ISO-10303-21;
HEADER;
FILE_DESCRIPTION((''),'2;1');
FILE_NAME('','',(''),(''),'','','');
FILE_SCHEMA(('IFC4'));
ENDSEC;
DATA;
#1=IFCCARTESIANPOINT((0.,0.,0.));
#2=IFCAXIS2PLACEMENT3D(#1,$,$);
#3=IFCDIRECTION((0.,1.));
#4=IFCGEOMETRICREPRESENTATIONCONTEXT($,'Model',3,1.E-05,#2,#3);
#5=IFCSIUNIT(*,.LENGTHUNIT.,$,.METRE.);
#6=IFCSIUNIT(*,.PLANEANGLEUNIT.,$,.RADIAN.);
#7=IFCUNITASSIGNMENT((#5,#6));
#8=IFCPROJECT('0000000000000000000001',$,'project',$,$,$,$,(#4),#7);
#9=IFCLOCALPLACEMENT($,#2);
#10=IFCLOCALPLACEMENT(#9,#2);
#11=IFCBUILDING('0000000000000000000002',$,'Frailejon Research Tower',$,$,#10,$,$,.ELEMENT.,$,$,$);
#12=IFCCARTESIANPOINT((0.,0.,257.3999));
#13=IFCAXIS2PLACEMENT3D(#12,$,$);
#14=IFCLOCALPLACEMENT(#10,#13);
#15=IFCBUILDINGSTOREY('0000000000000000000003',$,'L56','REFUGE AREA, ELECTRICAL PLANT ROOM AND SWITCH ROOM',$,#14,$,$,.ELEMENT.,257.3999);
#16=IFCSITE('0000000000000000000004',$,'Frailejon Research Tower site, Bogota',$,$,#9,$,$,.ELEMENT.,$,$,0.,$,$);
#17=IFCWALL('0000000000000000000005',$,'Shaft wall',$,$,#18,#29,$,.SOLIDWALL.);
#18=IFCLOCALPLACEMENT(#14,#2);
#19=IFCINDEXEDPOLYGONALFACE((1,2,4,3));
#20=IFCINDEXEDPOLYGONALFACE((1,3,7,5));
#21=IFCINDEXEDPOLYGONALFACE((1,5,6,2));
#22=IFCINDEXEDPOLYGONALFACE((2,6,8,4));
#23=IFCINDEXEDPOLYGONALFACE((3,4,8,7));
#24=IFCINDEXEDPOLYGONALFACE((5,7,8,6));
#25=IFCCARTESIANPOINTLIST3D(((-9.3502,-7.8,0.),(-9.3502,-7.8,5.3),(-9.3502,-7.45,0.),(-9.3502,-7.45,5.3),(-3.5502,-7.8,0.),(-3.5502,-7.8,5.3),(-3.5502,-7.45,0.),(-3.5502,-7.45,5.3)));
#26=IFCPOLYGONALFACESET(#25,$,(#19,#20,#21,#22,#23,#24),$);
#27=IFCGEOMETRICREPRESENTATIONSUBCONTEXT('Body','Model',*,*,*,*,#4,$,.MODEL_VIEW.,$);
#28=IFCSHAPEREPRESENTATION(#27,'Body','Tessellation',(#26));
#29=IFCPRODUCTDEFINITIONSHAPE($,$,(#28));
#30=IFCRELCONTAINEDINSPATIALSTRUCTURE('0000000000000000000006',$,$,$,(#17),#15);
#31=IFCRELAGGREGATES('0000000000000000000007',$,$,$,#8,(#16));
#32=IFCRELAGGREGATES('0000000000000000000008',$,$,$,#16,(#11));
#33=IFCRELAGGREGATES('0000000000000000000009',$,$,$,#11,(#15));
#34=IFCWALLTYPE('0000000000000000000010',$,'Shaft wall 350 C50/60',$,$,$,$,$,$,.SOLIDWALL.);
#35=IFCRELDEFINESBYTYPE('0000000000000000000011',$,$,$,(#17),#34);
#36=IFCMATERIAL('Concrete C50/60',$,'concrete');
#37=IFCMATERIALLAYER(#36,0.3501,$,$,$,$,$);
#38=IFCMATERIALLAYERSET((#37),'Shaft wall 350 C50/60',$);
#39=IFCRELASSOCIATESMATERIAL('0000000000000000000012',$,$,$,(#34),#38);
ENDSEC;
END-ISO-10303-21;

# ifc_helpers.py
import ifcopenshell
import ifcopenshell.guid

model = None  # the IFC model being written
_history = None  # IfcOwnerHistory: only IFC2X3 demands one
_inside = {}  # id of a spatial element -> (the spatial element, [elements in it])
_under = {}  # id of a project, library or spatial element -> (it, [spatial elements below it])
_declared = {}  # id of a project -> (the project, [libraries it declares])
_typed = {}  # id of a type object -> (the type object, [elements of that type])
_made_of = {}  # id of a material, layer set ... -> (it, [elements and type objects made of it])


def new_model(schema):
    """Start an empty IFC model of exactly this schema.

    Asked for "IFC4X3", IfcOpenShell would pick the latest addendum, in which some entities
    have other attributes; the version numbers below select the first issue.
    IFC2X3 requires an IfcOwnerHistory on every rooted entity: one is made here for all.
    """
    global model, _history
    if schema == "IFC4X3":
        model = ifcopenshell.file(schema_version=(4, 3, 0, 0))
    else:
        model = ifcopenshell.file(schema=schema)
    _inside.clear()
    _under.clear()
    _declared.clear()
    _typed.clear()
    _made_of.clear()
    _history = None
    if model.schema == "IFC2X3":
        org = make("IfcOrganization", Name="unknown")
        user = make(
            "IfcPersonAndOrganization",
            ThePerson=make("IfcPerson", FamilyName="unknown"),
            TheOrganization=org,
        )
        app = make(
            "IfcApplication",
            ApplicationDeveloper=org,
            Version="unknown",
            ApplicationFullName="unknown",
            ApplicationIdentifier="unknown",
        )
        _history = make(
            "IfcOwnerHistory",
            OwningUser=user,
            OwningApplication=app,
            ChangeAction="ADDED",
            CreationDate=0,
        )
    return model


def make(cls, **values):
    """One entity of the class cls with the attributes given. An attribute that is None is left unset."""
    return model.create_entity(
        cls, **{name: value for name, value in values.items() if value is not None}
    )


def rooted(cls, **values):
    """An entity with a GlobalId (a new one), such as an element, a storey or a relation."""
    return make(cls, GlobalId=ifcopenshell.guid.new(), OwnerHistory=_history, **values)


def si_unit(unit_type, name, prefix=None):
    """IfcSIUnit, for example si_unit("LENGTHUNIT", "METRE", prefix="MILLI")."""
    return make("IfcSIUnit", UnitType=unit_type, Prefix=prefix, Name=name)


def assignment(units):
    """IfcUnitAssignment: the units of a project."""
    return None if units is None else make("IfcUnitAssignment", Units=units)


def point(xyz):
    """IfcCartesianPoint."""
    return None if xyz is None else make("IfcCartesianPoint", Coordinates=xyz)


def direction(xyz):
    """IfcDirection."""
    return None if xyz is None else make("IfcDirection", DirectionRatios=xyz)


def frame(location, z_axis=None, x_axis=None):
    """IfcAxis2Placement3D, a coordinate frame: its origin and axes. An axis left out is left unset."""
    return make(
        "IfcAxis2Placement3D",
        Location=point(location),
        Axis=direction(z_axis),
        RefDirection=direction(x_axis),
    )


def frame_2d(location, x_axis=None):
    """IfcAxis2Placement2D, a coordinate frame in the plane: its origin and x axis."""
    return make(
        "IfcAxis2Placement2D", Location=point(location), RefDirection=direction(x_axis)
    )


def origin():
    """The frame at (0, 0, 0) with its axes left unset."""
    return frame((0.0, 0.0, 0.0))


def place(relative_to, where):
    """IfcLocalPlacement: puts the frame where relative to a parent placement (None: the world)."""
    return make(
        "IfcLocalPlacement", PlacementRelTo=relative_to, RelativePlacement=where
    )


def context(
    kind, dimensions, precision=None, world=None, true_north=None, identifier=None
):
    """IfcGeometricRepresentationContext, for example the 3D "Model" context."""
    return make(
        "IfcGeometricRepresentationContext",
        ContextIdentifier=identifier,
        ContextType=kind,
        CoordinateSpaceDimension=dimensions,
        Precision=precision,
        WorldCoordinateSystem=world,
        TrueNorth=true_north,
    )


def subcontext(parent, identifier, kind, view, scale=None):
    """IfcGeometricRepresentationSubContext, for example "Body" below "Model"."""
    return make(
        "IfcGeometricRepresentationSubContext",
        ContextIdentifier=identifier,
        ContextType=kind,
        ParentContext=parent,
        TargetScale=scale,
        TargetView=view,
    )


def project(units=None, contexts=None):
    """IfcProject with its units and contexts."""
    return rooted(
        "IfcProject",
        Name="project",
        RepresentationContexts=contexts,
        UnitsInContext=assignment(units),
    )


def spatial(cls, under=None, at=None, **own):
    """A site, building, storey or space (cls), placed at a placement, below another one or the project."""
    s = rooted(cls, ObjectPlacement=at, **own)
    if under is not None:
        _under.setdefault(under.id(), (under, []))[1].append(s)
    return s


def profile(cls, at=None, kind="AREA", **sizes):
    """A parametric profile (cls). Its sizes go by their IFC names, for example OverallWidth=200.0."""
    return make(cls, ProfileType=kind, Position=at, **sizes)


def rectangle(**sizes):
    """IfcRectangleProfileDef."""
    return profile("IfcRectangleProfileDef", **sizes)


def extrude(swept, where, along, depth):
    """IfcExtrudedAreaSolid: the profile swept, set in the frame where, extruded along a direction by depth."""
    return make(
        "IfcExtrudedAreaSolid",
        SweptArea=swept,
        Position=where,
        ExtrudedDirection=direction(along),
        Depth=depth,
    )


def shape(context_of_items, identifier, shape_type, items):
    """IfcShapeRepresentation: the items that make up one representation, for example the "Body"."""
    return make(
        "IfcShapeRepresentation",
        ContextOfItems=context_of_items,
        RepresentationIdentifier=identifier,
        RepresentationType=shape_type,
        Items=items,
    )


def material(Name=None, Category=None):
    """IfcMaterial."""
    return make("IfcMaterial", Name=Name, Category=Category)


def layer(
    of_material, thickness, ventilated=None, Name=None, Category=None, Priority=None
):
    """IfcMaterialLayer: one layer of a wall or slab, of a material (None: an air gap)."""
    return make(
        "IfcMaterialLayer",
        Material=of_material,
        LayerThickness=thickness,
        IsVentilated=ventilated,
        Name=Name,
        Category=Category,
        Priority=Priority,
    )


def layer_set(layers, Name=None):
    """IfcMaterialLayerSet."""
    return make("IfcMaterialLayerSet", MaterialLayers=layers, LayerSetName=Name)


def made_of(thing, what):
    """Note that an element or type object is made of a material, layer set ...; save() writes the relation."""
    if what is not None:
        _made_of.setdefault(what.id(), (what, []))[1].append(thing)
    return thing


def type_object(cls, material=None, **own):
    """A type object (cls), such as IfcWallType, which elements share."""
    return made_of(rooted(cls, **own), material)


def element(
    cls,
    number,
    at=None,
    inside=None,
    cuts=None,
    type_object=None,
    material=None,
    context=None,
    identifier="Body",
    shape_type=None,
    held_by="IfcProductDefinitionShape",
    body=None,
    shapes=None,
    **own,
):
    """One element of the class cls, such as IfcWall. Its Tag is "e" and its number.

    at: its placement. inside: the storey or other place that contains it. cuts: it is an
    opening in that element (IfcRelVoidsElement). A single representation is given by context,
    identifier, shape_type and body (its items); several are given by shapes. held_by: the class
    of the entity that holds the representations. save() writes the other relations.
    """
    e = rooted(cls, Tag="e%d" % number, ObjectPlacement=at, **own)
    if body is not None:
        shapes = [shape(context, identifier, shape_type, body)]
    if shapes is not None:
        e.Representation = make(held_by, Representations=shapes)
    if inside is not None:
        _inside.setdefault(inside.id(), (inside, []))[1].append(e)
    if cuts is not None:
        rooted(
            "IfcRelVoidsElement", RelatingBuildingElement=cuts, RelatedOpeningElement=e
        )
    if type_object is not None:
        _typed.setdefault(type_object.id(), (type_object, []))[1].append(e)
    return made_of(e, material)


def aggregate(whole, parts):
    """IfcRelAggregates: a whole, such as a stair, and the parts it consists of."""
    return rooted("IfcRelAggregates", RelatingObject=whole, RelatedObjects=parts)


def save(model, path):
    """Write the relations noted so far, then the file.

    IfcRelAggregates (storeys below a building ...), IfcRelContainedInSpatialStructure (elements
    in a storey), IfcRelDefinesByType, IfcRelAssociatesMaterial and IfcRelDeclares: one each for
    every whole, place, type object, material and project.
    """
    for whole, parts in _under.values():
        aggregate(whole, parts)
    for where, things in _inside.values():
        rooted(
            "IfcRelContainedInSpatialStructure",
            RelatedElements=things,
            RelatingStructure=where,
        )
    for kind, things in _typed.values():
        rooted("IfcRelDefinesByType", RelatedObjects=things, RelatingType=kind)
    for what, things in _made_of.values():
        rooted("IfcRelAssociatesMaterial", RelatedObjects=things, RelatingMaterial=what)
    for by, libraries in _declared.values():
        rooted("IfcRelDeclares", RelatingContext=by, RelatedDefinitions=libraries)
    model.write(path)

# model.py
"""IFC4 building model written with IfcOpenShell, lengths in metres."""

from ifc_helpers import new_model, si_unit, direction, frame, frame_2d, origin, place, context, subcontext, project, spatial, rectangle, extrude, material, layer, layer_set, type_object, element, save


model = new_model("IFC4")

# Units and contexts
model_context = context("Model", 3, precision=1e-05, world=origin(), true_north=direction((0.0, 1.0)))
body_context = subcontext(model_context, "Body", "Model", "MODEL_VIEW")
ifc_project = project(units=[si_unit("LENGTHUNIT", "METRE"), si_unit("PLANEANGLEUNIT", "RADIAN")], contexts=[model_context])

# Site, building, storey
site_placement = place(None, origin())
site = spatial("IfcSite", under=ifc_project, at=site_placement, Name="Frailejon Research Tower site, Bogota", CompositionType="ELEMENT", RefElevation=0.0)
building_placement = place(site_placement, origin())
building = spatial("IfcBuilding", under=site, at=building_placement, Name="Frailejon Research Tower", CompositionType="ELEMENT")
storey_placement = place(building_placement, frame((0.0, 0.0, 257.3999)))
storey = spatial("IfcBuildingStorey", under=building, at=storey_placement, Name="L56", Description="REFUGE AREA, ELECTRICAL PLANT ROOM AND SWITCH ROOM", CompositionType="ELEMENT", Elevation=257.3999)

# Wall
ifc_material_1 = material(Name="Concrete C50/60", Category="concrete")
ifc_layer_1 = layer(ifc_material_1, 0.3501)
ifc_layer_set_1 = layer_set([ifc_layer_1], Name="Shaft wall 350 C50/60")
wall_type_1 = type_object("IfcWallType", Name="Shaft wall 350 C50/60", PredefinedType="SOLIDWALL", material=ifc_layer_set_1)
wall_1_placement = place(storey_placement, frame((-9.3501, -7.625, 0.0), z_axis=(0.0, 0.0, 1.0), x_axis=(1.0, 0.0, 0.0)))
element("IfcWall", 1, at=wall_1_placement, inside=storey, type_object=wall_type_1, Name="Shaft wall", PredefinedType="SOLIDWALL", context=body_context, shape_type="SweptSolid", body=[
    extrude(rectangle(XDim=5.8, YDim=0.3501, at=frame_2d((2.8999, 0.0))), origin(), (0.0, 0.0, 1.0), 5.3),
])

save(model, "model.ifc")
